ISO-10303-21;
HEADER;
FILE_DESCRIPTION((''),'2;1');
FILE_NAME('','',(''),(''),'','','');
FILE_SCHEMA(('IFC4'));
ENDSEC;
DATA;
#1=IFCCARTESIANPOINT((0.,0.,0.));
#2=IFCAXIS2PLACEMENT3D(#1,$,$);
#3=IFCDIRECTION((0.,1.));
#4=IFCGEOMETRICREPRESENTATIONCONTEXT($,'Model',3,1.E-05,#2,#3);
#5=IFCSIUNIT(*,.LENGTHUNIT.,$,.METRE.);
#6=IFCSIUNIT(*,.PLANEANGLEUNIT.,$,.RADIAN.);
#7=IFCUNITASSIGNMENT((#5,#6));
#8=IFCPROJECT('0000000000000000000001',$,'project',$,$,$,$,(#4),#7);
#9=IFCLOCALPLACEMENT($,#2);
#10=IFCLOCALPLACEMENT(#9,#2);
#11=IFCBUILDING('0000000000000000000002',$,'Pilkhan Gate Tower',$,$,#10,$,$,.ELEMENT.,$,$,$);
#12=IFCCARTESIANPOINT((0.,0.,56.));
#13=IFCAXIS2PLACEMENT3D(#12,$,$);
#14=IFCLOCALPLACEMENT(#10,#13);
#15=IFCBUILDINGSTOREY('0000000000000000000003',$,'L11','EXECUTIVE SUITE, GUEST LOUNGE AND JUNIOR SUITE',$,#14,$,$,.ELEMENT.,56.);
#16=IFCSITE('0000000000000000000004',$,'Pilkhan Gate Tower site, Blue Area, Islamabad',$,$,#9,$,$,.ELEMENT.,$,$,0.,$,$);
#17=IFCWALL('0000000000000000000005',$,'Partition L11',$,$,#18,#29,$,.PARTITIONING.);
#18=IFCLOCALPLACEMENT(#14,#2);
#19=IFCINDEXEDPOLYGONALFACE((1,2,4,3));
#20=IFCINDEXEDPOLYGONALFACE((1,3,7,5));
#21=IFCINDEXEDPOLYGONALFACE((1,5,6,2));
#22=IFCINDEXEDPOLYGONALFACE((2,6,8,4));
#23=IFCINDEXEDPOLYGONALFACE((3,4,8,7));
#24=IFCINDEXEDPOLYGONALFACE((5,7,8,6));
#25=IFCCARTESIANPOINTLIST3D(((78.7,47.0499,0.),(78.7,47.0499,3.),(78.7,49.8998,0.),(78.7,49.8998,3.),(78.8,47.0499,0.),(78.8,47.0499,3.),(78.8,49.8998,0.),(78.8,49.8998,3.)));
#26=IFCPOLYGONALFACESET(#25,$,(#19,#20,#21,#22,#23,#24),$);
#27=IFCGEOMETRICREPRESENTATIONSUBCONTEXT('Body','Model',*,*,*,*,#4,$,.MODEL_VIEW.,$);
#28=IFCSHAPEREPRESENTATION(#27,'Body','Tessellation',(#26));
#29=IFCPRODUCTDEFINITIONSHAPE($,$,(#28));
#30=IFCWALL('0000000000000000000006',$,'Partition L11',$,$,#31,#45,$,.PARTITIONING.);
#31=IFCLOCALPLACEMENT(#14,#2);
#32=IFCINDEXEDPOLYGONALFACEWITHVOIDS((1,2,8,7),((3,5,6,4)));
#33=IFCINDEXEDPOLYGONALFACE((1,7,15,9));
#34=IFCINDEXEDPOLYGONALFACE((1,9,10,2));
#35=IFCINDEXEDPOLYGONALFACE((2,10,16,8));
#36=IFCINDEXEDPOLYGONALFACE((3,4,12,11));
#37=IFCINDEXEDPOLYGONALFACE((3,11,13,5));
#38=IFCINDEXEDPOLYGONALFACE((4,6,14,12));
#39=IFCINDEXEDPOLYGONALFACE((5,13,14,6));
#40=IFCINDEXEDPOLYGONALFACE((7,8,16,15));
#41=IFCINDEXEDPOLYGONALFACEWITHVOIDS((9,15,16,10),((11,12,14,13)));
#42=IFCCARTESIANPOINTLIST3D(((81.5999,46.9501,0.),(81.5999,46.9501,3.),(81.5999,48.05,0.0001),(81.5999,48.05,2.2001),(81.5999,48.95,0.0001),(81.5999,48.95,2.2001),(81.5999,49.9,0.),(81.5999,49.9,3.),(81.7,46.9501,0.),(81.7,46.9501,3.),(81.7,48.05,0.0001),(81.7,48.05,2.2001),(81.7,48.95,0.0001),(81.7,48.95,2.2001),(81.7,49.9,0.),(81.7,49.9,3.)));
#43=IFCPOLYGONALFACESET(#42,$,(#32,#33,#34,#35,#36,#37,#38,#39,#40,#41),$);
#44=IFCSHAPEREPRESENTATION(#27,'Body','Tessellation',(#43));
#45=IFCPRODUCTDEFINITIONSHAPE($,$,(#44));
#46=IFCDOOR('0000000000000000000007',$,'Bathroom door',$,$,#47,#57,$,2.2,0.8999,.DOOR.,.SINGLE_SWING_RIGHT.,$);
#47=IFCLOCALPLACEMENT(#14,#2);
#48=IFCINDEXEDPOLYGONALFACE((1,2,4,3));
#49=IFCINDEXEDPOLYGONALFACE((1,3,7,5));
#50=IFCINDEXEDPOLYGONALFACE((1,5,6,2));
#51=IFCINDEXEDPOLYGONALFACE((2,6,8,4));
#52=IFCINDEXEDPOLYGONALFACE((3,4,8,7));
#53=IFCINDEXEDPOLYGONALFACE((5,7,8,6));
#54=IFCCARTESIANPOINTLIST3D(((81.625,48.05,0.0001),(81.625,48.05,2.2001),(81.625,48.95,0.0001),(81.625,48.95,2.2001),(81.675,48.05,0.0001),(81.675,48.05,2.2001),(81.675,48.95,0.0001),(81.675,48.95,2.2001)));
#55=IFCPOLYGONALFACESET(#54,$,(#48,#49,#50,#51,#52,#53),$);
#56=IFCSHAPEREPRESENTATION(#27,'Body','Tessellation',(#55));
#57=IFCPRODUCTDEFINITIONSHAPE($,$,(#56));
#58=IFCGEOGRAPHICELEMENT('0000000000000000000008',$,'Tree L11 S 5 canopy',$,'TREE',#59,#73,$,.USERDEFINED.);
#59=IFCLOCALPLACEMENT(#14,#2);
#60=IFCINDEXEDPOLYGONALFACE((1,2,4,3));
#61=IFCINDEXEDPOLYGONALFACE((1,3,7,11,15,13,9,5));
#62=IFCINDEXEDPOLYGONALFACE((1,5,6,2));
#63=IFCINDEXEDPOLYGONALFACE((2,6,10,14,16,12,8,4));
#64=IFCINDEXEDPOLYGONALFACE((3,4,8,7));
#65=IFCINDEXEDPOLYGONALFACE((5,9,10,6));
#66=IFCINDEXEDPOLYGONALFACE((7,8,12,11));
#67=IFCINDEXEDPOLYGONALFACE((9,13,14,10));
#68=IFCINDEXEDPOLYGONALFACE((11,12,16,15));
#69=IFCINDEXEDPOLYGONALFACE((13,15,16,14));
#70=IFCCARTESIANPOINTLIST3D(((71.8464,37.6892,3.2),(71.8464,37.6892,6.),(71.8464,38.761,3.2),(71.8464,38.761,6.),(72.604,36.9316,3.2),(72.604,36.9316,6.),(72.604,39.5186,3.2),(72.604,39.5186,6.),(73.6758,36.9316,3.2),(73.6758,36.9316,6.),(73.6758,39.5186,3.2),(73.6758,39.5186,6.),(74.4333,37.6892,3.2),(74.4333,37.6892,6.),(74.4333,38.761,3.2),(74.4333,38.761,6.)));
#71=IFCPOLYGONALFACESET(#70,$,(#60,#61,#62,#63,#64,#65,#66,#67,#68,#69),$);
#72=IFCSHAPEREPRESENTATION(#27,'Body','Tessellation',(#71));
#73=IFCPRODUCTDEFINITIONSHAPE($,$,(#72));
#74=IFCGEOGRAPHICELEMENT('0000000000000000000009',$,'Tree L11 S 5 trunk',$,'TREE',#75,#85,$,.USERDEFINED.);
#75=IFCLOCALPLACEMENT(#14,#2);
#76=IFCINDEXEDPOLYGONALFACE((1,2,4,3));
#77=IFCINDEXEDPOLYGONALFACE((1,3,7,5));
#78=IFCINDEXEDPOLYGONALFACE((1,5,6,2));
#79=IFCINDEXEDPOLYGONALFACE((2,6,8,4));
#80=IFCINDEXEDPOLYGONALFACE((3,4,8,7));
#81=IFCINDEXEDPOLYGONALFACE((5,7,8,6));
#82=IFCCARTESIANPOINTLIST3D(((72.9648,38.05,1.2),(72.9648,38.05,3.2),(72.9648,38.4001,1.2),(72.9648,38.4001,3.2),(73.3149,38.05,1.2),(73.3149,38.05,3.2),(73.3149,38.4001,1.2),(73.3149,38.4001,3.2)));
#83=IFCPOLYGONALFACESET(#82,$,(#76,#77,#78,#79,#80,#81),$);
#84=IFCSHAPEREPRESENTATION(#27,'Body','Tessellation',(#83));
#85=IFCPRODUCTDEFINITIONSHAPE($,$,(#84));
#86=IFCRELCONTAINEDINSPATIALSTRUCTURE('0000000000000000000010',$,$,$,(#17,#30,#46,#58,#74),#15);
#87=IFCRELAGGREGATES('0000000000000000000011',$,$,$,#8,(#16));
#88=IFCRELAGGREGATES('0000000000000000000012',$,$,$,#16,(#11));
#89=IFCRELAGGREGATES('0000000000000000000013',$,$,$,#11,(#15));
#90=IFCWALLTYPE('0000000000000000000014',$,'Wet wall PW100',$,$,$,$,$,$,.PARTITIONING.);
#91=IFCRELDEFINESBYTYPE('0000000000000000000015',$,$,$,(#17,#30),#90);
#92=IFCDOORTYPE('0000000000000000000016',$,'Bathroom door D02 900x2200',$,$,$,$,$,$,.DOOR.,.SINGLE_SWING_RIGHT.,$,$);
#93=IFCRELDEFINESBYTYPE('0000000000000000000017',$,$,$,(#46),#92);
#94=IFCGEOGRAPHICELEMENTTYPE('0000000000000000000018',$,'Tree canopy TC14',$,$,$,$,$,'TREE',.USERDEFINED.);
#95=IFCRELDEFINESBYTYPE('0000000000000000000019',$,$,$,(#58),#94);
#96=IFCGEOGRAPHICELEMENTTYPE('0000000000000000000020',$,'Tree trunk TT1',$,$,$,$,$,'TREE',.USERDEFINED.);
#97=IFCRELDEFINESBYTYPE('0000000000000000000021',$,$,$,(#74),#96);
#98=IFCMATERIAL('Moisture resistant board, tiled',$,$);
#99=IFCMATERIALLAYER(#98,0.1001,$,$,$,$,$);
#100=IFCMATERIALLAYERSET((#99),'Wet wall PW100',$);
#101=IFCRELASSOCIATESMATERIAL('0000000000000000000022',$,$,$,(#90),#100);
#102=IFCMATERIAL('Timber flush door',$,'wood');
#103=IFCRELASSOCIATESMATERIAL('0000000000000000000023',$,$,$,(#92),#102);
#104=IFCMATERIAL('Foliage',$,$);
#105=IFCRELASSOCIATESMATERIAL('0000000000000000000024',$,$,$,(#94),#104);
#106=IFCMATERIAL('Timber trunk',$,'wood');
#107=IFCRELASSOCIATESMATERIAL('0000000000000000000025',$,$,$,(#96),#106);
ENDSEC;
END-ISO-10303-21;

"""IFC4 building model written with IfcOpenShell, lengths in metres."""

from ifc_helpers import new_model, si_unit, direction, frame, frame_2d, origin, origin_2d, place, context, subcontext, project, spatial, polyline, rectangle, outline, extrude, material, layer, layer_set, material_profile, profile_set, type_object, element, fill, save


model = new_model("IFC4")

# Units and contexts
model_context = context("Model", 3, precision=1e-05, world=origin(), true_north=direction((0.0, 1.0)))
body_context = subcontext(model_context, "Body", "Model", "MODEL_VIEW")
ifc_project = project(units=[si_unit("LENGTHUNIT", "METRE"), si_unit("PLANEANGLEUNIT", "RADIAN")], contexts=[model_context])

# Site, building, storey
site_placement = place(None, origin())
site = spatial("IfcSite", under=ifc_project, at=site_placement, Name="Pilkhan Gate Tower site, Blue Area, Islamabad", CompositionType="ELEMENT", RefElevation=0.0)
building_placement = place(site_placement, origin())
building = spatial("IfcBuilding", under=site, at=building_placement, Name="Pilkhan Gate Tower", CompositionType="ELEMENT")
storey_placement = place(building_placement, frame((0.0, 0.0, 56.0)))
storey = spatial("IfcBuildingStorey", under=building, at=storey_placement, Name="L11", Description="EXECUTIVE SUITE, GUEST LOUNGE AND JUNIOR SUITE", CompositionType="ELEMENT", Elevation=56.0)

# Shared definitions
ifc_material_1 = material(Name="Moisture resistant board, tiled")
ifc_layer_1 = layer(ifc_material_1, 0.1001)
ifc_layer_set_1 = layer_set([ifc_layer_1], Name="Wet wall PW100")
wall_type_1 = type_object("IfcWallType", Name="Wet wall PW100", PredefinedType="PARTITIONING", material=ifc_layer_set_1)

# Shared definitions
ifc_material_2 = material(Name="Timber flush door", Category="wood")
door_type = type_object("IfcDoorType", Name="Bathroom door D02 900x2200", OperationType="SINGLE_SWING_RIGHT", PredefinedType="DOOR", material=ifc_material_2)

# Wall
wall_1_placement = place(storey_placement, frame((78.75, 47.05, 0.0), z_axis=(0.0, 0.0, 1.0), x_axis=(0.0, 1.0, 0.0)))
element("IfcWall", 1, at=wall_1_placement, inside=storey, type_object=wall_type_1, Name="Partition L11", PredefinedType="PARTITIONING", context=body_context, shape_type="SweptSolid", body=[
    extrude(rectangle(XDim=2.8499, YDim=0.1001, at=frame_2d((1.4248, 0.0))), origin(), (0.0, 0.0, 1.0), 3.0),
])

# Wall, opening, door
wall_2_placement = place(storey_placement, frame((81.6499, 46.95, 0.0), z_axis=(0.0, 0.0, 1.0), x_axis=(0.0, 1.0, 0.0)))
wall_2 = element("IfcWall", 2, at=wall_2_placement, inside=storey, type_object=wall_type_1, Name="Partition L11", PredefinedType="PARTITIONING", context=body_context, shape_type="SweptSolid", body=[
    extrude(rectangle(XDim=2.95, YDim=0.1001, at=frame_2d((1.4751, 0.0))), origin(), (0.0, 0.0, 1.0), 3.0),
])
opening_1_placement = place(wall_2_placement, frame((1.1001, 0.0, 0.0)))
opening_1 = element("IfcOpeningElement", 3, at=opening_1_placement, cuts=wall_2, PredefinedType="OPENING", context=body_context, shape_type="SweptSolid", body=[
    extrude(rectangle(XDim=0.8999, YDim=2.2, at=frame_2d((0.45, 1.1001))), frame((0.0, 0.0601, 0.0), z_axis=(0.0, -1.0, 0.0), x_axis=(1.0, 0.0, 0.0)), (0.0, 0.0, 1.0), 0.1201),
])
door_1_placement = place(opening_1_placement, origin())
door_1 = element("IfcDoor", 4, at=door_1_placement, inside=storey, type_object=door_type, Name="Bathroom door", OperationType="SINGLE_SWING_RIGHT", OverallHeight=2.2, OverallWidth=0.8999, PredefinedType="DOOR", context=body_context, shape_type="SweptSolid", body=[
    extrude(rectangle(XDim=0.8999, YDim=2.2, at=frame_2d((0.45, 1.1001))), frame((0.0, 0.0249, 0.0), z_axis=(0.0, -1.0, 0.0), x_axis=(1.0, 0.0, 0.0)), (0.0, 0.0, 1.0), 0.05),
])
fill(opening_1, door_1)

# Geographic elements
ifc_material_3 = material(Name="Foliage")
ifc_material_profile_1 = material_profile(ifc_material_3, outline(polyline([(1.2935, 0.5359), (0.5359, 1.2935), (-0.5359, 1.2935), (-1.2935, 0.5359), (-1.2935, -0.5359), (-0.5359, -1.2935), (0.5359, -1.2935), (1.2935, -0.5359), (1.2935, 0.5359)])), Name="Canopy D2.8")
ifc_profile_set_1 = profile_set([ifc_material_profile_1], Name="Foliage")
geographic_element_type_1 = type_object("IfcGeographicElementType", Name="Tree canopy TC14", ElementType="TREE", PredefinedType="USERDEFINED", material=ifc_profile_set_1)
geographic_element_1_placement = place(storey_placement, frame((73.1399, 38.2251, 3.2), z_axis=(0.0, 0.0, 1.0), x_axis=(1.0, 0.0, 0.0)))
element("IfcGeographicElement", 5, at=geographic_element_1_placement, inside=storey, type_object=geographic_element_type_1, Name="Tree L11 S 5 canopy", ObjectType="TREE", PredefinedType="USERDEFINED", context=body_context, shape_type="SweptSolid", body=[
    extrude(outline(polyline([(1.2935, 0.5359), (0.5359, 1.2935), (-0.5359, 1.2935), (-1.2935, 0.5359), (-1.2935, -0.5359), (-0.5359, -1.2935), (0.5359, -1.2935), (1.2935, -0.5359), (1.2935, 0.5359)])), origin(), (0.0, 0.0, 1.0), 2.8),
])
ifc_material_4 = material(Name="Timber trunk", Category="wood")
geographic_element_type_2 = type_object("IfcGeographicElementType", Name="Tree trunk TT1", ElementType="TREE", PredefinedType="USERDEFINED", material=ifc_material_4)
geographic_element_2_placement = place(storey_placement, frame((73.1399, 38.2251, 1.2), z_axis=(0.0, 0.0, 1.0), x_axis=(1.0, 0.0, 0.0)))
element("IfcGeographicElement", 6, at=geographic_element_2_placement, inside=storey, type_object=geographic_element_type_2, Name="Tree L11 S 5 trunk", ObjectType="TREE", PredefinedType="USERDEFINED", context=body_context, shape_type="SweptSolid", body=[
    extrude(rectangle(XDim=0.3501, YDim=0.3501, at=origin_2d()), origin(), (0.0, 0.0, 1.0), 2.0),
])

save(model, "model.ifc")
